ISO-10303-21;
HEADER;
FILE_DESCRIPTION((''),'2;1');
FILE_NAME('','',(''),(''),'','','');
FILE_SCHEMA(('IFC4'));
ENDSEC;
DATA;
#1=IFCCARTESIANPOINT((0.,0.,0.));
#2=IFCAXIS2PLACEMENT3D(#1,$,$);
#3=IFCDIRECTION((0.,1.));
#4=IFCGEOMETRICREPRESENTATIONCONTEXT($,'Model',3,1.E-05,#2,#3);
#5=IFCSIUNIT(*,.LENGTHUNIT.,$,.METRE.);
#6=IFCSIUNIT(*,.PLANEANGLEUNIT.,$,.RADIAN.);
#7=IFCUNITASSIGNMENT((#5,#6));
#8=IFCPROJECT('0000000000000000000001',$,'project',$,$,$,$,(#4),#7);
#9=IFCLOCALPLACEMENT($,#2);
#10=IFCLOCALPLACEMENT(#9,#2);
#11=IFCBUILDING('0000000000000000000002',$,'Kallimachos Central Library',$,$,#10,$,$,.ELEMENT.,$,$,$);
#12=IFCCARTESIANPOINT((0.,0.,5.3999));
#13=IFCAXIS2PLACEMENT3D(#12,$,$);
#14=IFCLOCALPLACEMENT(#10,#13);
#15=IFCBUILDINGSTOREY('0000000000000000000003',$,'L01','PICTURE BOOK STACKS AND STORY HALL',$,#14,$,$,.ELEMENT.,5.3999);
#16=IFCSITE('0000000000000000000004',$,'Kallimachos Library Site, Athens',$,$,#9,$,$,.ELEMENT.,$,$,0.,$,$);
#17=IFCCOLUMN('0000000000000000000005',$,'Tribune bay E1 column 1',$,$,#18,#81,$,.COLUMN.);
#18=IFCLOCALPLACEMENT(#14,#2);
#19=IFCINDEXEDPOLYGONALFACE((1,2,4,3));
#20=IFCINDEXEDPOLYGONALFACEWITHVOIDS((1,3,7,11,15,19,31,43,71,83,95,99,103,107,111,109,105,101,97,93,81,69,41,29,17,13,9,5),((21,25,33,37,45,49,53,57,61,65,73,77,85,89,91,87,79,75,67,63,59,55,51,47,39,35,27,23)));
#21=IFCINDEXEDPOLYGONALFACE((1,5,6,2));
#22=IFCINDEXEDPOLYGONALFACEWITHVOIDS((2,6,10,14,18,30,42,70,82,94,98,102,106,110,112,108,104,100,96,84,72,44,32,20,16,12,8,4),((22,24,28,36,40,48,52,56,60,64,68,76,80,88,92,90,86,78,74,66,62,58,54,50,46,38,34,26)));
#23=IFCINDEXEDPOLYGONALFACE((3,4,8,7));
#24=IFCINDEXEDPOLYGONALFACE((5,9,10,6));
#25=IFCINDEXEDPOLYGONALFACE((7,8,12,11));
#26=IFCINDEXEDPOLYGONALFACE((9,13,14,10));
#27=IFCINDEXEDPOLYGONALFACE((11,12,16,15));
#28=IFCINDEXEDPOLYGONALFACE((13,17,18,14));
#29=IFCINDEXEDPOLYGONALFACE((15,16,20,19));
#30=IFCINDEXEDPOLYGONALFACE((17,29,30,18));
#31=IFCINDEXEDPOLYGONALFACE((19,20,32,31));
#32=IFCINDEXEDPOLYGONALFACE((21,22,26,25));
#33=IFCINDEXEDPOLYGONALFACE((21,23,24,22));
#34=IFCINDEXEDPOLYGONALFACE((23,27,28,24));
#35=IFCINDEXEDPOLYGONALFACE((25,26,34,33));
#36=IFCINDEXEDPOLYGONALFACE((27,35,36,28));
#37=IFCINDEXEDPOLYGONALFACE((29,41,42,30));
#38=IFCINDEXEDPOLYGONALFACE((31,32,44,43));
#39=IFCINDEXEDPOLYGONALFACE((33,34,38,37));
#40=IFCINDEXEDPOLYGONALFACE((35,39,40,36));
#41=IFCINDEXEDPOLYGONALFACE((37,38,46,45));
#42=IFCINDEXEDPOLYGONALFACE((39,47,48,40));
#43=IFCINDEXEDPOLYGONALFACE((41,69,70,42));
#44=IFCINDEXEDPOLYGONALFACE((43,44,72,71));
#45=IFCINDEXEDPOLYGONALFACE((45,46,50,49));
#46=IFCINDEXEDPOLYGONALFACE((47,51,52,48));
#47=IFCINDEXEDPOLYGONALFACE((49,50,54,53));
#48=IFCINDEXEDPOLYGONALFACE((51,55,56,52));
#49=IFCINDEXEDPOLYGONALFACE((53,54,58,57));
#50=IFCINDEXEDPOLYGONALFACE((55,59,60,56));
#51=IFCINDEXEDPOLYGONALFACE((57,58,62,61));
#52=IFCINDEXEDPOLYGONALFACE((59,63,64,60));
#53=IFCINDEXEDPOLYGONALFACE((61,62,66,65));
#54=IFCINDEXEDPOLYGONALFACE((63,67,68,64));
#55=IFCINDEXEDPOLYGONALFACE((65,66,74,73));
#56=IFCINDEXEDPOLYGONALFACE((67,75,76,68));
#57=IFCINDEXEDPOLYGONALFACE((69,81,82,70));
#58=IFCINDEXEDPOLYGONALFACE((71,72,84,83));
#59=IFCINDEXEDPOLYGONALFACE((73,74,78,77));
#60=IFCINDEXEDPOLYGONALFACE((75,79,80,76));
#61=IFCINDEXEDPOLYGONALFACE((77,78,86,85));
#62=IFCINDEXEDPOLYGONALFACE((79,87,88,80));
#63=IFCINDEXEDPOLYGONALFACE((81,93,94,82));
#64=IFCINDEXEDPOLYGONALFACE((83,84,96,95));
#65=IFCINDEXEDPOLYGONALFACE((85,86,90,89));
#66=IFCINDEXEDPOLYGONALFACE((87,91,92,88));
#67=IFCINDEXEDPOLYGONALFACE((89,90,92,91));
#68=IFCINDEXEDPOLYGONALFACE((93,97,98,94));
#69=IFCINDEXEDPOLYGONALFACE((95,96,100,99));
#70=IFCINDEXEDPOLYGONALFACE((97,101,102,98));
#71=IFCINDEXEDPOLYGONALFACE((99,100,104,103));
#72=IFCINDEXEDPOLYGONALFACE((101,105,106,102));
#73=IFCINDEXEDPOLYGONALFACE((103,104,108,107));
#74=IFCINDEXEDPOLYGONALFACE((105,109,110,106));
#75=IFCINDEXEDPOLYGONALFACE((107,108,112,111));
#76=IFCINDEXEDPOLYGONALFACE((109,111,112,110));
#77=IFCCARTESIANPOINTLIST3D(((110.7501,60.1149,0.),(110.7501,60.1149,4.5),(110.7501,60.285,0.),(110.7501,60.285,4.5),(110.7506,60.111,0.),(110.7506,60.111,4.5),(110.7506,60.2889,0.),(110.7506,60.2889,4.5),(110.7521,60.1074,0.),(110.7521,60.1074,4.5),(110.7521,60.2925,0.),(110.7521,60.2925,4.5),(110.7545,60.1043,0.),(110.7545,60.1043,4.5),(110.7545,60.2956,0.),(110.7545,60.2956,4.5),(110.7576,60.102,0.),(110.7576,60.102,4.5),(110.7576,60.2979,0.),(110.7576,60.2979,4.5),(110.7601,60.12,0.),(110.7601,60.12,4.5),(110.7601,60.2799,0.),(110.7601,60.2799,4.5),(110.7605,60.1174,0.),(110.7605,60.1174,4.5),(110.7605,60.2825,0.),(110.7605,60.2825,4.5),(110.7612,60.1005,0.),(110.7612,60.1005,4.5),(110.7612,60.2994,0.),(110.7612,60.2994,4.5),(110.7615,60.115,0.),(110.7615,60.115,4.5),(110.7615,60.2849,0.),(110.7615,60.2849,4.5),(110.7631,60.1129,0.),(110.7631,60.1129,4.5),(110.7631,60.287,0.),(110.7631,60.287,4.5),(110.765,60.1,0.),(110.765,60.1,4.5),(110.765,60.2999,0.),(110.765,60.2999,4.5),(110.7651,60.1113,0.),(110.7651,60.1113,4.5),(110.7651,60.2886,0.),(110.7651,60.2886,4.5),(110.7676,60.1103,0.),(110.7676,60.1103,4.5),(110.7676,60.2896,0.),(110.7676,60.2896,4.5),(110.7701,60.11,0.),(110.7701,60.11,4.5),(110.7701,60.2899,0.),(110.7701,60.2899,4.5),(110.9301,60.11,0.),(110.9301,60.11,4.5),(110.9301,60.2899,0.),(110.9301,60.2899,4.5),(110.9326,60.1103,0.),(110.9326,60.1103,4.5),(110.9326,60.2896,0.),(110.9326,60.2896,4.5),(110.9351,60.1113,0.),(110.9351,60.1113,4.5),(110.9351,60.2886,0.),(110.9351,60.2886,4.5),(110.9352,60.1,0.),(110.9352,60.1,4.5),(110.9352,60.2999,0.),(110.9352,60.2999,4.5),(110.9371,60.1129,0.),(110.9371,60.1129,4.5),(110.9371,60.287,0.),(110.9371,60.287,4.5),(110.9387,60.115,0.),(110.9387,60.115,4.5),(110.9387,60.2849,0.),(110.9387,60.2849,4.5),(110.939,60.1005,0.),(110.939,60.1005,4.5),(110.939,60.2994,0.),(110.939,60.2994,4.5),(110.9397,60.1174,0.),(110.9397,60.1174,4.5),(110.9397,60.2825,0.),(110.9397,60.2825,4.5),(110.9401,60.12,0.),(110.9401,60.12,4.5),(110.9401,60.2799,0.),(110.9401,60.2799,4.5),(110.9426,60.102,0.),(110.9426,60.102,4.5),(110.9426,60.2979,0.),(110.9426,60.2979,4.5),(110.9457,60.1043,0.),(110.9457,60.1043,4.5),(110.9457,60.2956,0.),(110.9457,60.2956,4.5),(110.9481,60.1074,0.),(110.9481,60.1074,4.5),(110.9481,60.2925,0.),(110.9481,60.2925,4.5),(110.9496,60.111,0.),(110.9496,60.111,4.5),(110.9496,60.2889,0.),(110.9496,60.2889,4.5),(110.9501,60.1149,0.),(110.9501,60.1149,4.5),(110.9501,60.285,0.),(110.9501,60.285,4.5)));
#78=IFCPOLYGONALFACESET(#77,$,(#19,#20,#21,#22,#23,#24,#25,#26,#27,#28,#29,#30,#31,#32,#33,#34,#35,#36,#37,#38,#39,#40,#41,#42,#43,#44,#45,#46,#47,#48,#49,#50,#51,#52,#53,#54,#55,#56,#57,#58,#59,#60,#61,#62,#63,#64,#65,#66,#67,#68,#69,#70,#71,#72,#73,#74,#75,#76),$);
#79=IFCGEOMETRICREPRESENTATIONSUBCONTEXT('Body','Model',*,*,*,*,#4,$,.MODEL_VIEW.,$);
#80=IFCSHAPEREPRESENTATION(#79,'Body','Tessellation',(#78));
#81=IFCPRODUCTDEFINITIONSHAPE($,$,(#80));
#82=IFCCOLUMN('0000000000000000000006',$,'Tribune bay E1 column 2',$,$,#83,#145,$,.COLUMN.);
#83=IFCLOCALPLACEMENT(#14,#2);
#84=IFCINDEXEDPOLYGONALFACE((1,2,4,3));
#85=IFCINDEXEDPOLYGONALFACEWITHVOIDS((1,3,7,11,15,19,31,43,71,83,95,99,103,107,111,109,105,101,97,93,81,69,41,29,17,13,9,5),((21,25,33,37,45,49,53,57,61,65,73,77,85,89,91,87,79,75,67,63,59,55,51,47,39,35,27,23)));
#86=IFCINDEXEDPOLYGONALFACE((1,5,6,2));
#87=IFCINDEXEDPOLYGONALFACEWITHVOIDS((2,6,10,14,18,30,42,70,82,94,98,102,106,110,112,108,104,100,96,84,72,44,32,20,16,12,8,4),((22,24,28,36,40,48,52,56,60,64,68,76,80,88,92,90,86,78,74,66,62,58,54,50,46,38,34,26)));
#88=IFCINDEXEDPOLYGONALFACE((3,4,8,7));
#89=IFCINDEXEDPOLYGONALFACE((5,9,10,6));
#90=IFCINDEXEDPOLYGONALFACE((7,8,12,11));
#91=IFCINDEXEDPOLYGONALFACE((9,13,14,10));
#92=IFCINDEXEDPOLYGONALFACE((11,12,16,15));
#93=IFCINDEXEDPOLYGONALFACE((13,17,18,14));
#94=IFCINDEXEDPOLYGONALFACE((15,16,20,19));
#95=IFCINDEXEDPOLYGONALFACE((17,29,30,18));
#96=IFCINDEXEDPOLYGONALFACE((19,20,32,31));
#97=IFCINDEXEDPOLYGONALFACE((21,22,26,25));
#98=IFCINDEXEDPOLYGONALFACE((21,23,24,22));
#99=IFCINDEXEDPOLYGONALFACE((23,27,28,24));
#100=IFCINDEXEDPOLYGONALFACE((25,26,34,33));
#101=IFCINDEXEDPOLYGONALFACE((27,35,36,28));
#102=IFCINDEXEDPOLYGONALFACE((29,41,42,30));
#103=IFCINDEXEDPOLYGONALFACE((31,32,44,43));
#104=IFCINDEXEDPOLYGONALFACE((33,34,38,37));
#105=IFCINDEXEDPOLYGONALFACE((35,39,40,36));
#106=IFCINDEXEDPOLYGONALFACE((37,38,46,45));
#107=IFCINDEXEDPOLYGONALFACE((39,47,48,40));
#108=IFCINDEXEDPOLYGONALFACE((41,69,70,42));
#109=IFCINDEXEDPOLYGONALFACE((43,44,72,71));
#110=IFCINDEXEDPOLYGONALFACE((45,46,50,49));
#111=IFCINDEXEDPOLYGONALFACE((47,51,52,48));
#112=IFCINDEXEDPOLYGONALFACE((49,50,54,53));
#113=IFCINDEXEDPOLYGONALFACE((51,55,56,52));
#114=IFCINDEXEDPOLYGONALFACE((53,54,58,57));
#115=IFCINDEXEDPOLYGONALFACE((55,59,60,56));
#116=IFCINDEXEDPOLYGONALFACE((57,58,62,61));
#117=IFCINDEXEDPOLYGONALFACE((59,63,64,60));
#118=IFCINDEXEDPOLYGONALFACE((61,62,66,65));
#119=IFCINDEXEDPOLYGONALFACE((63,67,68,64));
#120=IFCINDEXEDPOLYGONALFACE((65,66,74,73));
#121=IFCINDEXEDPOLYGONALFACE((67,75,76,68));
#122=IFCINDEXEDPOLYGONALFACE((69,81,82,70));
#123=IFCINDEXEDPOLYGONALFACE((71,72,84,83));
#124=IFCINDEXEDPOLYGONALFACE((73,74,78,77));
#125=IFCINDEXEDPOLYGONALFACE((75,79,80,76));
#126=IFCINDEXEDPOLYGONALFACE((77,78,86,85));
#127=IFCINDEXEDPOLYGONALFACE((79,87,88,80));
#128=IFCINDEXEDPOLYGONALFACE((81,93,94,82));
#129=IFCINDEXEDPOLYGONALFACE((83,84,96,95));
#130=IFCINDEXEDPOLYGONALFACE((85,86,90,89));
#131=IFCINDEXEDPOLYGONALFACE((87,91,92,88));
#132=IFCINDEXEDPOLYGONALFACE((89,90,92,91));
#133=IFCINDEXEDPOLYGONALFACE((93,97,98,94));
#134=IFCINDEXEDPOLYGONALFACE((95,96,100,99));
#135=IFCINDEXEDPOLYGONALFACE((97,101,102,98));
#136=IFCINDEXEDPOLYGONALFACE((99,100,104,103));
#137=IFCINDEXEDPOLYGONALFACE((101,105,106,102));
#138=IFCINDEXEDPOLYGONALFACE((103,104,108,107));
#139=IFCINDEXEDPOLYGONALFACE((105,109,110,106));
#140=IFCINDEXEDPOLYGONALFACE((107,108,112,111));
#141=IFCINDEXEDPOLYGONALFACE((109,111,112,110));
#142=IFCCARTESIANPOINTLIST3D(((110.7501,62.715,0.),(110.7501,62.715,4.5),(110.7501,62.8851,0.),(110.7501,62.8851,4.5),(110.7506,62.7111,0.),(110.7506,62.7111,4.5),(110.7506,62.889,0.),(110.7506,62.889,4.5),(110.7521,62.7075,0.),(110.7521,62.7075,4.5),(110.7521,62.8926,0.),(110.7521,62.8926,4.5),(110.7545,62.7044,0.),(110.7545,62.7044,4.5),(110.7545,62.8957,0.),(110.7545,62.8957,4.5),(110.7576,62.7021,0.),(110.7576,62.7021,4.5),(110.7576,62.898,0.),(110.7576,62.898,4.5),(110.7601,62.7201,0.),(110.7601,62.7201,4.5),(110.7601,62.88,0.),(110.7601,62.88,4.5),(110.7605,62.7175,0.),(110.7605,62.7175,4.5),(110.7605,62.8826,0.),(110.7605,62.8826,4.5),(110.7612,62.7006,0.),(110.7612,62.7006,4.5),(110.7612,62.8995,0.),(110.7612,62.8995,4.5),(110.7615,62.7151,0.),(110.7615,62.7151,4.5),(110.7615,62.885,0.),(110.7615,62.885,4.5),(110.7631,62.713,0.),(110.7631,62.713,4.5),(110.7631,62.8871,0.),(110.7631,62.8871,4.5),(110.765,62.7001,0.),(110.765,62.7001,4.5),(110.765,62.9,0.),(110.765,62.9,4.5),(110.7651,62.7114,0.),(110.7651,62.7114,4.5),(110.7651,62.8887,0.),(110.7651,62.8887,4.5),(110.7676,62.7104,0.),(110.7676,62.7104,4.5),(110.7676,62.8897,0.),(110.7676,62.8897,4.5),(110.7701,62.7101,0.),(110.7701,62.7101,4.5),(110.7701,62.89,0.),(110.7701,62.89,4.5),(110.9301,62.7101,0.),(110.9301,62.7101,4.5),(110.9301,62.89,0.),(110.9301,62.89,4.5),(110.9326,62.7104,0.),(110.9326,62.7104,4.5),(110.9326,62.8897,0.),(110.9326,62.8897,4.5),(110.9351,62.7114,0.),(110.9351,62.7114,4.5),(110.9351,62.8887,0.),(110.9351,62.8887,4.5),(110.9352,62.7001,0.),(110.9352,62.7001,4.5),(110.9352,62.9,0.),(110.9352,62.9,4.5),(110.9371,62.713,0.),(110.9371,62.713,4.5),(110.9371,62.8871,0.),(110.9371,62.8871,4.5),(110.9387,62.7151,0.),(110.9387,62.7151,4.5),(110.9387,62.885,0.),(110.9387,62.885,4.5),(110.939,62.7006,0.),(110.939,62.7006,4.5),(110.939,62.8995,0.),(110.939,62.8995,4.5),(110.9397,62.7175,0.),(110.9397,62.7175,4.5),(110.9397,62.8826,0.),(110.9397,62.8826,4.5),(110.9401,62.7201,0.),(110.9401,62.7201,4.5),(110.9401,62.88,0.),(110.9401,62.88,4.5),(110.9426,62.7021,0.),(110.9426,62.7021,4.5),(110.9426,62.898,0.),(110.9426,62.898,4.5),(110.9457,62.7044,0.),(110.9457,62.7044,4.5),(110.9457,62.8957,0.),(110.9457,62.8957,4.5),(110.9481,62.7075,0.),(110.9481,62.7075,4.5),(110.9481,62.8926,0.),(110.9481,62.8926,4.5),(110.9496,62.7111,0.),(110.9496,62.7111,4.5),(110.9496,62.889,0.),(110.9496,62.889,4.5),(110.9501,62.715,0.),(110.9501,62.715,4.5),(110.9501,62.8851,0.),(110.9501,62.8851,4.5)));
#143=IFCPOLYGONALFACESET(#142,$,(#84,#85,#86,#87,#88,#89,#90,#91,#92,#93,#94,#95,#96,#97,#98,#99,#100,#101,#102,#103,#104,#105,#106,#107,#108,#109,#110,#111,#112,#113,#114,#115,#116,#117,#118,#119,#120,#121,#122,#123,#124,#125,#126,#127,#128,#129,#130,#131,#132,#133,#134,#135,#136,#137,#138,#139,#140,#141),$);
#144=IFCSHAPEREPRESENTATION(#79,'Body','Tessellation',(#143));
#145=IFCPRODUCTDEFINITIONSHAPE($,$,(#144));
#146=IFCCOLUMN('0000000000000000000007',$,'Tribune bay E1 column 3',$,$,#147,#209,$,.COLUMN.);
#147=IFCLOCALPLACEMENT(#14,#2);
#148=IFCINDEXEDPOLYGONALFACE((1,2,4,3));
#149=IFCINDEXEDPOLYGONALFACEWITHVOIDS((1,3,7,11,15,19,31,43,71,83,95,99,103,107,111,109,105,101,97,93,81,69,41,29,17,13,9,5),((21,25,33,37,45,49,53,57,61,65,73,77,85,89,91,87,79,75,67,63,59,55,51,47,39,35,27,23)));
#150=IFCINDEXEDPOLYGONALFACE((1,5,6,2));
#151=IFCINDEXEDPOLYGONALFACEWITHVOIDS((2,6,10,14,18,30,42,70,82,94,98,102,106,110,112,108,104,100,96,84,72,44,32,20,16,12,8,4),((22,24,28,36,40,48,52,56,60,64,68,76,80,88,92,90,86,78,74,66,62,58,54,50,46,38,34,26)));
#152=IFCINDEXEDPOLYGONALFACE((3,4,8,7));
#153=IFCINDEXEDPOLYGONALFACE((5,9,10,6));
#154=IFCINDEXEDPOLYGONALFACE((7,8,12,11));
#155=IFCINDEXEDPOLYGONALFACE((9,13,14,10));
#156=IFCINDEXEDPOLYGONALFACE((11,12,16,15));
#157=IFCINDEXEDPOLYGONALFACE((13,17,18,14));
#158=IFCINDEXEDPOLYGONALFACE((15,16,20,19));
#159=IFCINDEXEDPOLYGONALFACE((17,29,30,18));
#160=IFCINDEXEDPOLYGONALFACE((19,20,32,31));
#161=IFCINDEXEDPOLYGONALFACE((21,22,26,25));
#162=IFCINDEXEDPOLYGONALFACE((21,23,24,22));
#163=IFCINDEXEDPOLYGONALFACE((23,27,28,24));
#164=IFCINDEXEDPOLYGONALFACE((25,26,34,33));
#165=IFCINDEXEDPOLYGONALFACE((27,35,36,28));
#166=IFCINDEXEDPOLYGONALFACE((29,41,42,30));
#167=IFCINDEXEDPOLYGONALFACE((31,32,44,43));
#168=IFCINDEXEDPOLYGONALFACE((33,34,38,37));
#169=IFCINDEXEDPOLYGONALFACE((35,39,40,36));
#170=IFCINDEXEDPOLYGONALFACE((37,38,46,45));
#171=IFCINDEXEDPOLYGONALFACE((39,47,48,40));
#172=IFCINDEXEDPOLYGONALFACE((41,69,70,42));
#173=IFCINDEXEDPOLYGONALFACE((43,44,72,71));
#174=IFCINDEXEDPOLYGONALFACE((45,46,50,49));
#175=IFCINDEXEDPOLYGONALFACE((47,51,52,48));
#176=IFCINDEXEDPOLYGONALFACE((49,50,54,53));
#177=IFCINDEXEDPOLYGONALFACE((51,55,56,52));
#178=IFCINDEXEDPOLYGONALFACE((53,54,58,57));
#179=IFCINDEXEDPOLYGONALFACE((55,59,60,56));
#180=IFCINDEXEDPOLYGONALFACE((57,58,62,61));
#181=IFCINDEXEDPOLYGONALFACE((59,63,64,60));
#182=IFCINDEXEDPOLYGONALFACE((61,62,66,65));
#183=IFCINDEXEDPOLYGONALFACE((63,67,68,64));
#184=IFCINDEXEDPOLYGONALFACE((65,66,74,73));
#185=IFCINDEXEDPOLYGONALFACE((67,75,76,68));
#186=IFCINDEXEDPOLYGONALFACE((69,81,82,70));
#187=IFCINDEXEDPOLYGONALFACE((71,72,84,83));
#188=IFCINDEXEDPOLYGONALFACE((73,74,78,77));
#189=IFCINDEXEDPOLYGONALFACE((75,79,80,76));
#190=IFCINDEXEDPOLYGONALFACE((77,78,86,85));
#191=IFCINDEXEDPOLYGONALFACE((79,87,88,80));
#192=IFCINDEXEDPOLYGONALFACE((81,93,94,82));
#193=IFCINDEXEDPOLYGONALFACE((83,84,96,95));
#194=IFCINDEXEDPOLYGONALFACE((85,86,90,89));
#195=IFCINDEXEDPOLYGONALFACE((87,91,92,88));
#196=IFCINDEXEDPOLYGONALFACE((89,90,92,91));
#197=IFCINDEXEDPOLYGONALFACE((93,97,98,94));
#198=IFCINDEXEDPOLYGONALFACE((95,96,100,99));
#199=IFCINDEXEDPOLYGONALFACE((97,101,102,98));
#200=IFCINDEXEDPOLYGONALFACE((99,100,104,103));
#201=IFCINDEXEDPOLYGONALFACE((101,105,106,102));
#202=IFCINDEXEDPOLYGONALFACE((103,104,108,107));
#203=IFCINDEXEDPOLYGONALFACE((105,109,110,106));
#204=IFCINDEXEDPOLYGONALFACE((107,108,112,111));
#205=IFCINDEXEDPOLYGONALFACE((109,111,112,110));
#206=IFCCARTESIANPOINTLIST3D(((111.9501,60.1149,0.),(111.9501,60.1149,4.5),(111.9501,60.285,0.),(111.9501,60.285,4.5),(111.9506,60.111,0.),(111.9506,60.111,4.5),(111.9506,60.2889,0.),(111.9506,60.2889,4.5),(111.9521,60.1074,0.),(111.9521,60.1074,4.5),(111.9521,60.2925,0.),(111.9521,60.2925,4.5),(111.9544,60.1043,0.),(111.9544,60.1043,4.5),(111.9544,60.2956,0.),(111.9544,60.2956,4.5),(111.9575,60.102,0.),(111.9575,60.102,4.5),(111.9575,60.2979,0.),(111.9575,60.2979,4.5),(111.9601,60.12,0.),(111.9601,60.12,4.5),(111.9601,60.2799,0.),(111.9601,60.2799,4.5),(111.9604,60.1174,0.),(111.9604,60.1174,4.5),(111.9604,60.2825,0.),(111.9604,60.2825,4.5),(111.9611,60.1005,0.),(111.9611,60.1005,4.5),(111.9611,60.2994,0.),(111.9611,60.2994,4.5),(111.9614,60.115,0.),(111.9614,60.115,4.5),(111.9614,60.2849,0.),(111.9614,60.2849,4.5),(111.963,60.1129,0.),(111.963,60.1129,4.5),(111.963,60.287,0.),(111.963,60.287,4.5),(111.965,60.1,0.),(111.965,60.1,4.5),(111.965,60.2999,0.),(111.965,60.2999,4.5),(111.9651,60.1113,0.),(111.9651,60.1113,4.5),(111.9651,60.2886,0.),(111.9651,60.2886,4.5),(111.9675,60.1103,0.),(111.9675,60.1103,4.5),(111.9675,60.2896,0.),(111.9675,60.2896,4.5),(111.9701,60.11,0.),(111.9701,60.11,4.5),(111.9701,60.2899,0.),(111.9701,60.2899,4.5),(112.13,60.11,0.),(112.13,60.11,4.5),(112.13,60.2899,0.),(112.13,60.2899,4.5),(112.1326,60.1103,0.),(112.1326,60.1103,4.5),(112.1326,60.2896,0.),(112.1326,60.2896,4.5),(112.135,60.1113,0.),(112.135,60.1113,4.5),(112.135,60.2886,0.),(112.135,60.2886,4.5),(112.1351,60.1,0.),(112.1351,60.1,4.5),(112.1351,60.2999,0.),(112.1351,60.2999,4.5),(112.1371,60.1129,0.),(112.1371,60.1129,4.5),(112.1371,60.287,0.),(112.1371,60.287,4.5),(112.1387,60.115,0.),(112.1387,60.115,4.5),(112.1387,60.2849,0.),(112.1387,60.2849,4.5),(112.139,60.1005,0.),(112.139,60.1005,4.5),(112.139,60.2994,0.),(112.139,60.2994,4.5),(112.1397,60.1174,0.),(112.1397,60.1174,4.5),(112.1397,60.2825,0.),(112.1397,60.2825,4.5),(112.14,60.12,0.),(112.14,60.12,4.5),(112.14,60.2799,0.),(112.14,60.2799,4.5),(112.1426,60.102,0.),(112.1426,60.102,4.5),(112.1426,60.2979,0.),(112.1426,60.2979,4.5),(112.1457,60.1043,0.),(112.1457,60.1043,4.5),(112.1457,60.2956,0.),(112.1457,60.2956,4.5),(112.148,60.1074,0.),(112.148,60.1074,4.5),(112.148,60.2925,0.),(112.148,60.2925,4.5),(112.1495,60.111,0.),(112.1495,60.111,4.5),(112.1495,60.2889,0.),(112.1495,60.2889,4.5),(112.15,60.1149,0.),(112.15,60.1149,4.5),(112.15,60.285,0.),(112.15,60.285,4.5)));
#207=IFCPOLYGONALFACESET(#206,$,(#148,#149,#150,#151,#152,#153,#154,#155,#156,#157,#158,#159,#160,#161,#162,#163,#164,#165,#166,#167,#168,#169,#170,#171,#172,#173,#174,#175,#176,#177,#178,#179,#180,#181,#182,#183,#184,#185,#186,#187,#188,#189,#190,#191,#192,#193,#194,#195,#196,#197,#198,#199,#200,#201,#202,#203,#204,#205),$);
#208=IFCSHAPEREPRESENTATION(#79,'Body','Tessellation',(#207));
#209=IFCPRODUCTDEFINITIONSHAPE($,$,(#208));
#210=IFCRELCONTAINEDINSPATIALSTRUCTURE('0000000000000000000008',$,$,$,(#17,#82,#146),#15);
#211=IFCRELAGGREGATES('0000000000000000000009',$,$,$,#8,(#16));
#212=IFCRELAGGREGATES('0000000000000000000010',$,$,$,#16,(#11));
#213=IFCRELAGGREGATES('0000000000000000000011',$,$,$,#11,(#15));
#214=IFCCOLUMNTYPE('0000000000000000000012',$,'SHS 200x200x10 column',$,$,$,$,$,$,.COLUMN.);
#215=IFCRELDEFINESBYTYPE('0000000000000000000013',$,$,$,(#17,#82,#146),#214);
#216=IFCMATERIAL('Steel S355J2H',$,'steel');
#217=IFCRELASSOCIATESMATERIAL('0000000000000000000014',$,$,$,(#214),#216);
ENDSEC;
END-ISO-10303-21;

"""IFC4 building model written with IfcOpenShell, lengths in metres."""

from ifc_helpers import new_model, si_unit, direction, frame, origin, origin_2d, place, context, subcontext, project, spatial, hollow_rectangle, extrude, material, material_profile, profile_set, type_object, element, save


model = new_model("IFC4")

# Units and contexts
model_context = context("Model", 3, precision=1e-05, world=origin(), true_north=direction((0.0, 1.0)))
body_context = subcontext(model_context, "Body", "Model", "MODEL_VIEW")
ifc_project = project(units=[si_unit("LENGTHUNIT", "METRE"), si_unit("PLANEANGLEUNIT", "RADIAN")], contexts=[model_context])

# Site, building, storey
site_placement = place(None, origin())
site = spatial("IfcSite", under=ifc_project, at=site_placement, Name="Kallimachos Library Site, Athens", CompositionType="ELEMENT", RefElevation=0.0)
building_placement = place(site_placement, origin())
building = spatial("IfcBuilding", under=site, at=building_placement, Name="Kallimachos Central Library", CompositionType="ELEMENT")
storey_placement = place(building_placement, frame((0.0, 0.0, 5.3999)))
storey = spatial("IfcBuildingStorey", under=building, at=storey_placement, Name="L01", Description="PICTURE BOOK STACKS AND STORY HALL", CompositionType="ELEMENT", Elevation=5.3999)

# Columns
ifc_material_1 = material(Name="Steel S355J2H", Category="steel")
ifc_material_profile = material_profile(ifc_material_1, hollow_rectangle(XDim=0.2, YDim=0.2, WallThickness=0.01, InnerFilletRadius=0.01, OuterFilletRadius=0.0149, at=origin_2d()), Name="SHS 200x200x10")
ifc_profile_set = profile_set([ifc_material_profile], Name="Steel S355J2H")
column_type = type_object("IfcColumnType", Name="SHS 200x200x10 column", PredefinedType="COLUMN", material=ifc_profile_set)
for number, where, z_axis, x_axis, name in (
    (1, (110.8501, 60.2, 0.0), (0.0, 0.0, 1.0), (1.0, 0.0, 0.0), "Tribune bay E1 column 1"),
    (2, (110.8501, 62.8, 0.0), (0.0, 0.0, 1.0), (1.0, 0.0, 0.0), "Tribune bay E1 column 2"),
    (3, (112.05, 60.2, 0.0), (0.0, 0.0, 1.0), (1.0, 0.0, 0.0), "Tribune bay E1 column 3"),
):
    element("IfcColumn", number, at=place(storey_placement, frame(where, z_axis=z_axis, x_axis=x_axis)), inside=storey, type_object=column_type, Name=name, PredefinedType="COLUMN", context=body_context, shape_type="SweptSolid", body=[
        extrude(hollow_rectangle(XDim=0.2, YDim=0.2, WallThickness=0.01, InnerFilletRadius=0.01, OuterFilletRadius=0.0149, at=origin_2d()), origin(), (0.0, 0.0, 1.0), 4.5),
    ])

save(model, "model.ifc")
